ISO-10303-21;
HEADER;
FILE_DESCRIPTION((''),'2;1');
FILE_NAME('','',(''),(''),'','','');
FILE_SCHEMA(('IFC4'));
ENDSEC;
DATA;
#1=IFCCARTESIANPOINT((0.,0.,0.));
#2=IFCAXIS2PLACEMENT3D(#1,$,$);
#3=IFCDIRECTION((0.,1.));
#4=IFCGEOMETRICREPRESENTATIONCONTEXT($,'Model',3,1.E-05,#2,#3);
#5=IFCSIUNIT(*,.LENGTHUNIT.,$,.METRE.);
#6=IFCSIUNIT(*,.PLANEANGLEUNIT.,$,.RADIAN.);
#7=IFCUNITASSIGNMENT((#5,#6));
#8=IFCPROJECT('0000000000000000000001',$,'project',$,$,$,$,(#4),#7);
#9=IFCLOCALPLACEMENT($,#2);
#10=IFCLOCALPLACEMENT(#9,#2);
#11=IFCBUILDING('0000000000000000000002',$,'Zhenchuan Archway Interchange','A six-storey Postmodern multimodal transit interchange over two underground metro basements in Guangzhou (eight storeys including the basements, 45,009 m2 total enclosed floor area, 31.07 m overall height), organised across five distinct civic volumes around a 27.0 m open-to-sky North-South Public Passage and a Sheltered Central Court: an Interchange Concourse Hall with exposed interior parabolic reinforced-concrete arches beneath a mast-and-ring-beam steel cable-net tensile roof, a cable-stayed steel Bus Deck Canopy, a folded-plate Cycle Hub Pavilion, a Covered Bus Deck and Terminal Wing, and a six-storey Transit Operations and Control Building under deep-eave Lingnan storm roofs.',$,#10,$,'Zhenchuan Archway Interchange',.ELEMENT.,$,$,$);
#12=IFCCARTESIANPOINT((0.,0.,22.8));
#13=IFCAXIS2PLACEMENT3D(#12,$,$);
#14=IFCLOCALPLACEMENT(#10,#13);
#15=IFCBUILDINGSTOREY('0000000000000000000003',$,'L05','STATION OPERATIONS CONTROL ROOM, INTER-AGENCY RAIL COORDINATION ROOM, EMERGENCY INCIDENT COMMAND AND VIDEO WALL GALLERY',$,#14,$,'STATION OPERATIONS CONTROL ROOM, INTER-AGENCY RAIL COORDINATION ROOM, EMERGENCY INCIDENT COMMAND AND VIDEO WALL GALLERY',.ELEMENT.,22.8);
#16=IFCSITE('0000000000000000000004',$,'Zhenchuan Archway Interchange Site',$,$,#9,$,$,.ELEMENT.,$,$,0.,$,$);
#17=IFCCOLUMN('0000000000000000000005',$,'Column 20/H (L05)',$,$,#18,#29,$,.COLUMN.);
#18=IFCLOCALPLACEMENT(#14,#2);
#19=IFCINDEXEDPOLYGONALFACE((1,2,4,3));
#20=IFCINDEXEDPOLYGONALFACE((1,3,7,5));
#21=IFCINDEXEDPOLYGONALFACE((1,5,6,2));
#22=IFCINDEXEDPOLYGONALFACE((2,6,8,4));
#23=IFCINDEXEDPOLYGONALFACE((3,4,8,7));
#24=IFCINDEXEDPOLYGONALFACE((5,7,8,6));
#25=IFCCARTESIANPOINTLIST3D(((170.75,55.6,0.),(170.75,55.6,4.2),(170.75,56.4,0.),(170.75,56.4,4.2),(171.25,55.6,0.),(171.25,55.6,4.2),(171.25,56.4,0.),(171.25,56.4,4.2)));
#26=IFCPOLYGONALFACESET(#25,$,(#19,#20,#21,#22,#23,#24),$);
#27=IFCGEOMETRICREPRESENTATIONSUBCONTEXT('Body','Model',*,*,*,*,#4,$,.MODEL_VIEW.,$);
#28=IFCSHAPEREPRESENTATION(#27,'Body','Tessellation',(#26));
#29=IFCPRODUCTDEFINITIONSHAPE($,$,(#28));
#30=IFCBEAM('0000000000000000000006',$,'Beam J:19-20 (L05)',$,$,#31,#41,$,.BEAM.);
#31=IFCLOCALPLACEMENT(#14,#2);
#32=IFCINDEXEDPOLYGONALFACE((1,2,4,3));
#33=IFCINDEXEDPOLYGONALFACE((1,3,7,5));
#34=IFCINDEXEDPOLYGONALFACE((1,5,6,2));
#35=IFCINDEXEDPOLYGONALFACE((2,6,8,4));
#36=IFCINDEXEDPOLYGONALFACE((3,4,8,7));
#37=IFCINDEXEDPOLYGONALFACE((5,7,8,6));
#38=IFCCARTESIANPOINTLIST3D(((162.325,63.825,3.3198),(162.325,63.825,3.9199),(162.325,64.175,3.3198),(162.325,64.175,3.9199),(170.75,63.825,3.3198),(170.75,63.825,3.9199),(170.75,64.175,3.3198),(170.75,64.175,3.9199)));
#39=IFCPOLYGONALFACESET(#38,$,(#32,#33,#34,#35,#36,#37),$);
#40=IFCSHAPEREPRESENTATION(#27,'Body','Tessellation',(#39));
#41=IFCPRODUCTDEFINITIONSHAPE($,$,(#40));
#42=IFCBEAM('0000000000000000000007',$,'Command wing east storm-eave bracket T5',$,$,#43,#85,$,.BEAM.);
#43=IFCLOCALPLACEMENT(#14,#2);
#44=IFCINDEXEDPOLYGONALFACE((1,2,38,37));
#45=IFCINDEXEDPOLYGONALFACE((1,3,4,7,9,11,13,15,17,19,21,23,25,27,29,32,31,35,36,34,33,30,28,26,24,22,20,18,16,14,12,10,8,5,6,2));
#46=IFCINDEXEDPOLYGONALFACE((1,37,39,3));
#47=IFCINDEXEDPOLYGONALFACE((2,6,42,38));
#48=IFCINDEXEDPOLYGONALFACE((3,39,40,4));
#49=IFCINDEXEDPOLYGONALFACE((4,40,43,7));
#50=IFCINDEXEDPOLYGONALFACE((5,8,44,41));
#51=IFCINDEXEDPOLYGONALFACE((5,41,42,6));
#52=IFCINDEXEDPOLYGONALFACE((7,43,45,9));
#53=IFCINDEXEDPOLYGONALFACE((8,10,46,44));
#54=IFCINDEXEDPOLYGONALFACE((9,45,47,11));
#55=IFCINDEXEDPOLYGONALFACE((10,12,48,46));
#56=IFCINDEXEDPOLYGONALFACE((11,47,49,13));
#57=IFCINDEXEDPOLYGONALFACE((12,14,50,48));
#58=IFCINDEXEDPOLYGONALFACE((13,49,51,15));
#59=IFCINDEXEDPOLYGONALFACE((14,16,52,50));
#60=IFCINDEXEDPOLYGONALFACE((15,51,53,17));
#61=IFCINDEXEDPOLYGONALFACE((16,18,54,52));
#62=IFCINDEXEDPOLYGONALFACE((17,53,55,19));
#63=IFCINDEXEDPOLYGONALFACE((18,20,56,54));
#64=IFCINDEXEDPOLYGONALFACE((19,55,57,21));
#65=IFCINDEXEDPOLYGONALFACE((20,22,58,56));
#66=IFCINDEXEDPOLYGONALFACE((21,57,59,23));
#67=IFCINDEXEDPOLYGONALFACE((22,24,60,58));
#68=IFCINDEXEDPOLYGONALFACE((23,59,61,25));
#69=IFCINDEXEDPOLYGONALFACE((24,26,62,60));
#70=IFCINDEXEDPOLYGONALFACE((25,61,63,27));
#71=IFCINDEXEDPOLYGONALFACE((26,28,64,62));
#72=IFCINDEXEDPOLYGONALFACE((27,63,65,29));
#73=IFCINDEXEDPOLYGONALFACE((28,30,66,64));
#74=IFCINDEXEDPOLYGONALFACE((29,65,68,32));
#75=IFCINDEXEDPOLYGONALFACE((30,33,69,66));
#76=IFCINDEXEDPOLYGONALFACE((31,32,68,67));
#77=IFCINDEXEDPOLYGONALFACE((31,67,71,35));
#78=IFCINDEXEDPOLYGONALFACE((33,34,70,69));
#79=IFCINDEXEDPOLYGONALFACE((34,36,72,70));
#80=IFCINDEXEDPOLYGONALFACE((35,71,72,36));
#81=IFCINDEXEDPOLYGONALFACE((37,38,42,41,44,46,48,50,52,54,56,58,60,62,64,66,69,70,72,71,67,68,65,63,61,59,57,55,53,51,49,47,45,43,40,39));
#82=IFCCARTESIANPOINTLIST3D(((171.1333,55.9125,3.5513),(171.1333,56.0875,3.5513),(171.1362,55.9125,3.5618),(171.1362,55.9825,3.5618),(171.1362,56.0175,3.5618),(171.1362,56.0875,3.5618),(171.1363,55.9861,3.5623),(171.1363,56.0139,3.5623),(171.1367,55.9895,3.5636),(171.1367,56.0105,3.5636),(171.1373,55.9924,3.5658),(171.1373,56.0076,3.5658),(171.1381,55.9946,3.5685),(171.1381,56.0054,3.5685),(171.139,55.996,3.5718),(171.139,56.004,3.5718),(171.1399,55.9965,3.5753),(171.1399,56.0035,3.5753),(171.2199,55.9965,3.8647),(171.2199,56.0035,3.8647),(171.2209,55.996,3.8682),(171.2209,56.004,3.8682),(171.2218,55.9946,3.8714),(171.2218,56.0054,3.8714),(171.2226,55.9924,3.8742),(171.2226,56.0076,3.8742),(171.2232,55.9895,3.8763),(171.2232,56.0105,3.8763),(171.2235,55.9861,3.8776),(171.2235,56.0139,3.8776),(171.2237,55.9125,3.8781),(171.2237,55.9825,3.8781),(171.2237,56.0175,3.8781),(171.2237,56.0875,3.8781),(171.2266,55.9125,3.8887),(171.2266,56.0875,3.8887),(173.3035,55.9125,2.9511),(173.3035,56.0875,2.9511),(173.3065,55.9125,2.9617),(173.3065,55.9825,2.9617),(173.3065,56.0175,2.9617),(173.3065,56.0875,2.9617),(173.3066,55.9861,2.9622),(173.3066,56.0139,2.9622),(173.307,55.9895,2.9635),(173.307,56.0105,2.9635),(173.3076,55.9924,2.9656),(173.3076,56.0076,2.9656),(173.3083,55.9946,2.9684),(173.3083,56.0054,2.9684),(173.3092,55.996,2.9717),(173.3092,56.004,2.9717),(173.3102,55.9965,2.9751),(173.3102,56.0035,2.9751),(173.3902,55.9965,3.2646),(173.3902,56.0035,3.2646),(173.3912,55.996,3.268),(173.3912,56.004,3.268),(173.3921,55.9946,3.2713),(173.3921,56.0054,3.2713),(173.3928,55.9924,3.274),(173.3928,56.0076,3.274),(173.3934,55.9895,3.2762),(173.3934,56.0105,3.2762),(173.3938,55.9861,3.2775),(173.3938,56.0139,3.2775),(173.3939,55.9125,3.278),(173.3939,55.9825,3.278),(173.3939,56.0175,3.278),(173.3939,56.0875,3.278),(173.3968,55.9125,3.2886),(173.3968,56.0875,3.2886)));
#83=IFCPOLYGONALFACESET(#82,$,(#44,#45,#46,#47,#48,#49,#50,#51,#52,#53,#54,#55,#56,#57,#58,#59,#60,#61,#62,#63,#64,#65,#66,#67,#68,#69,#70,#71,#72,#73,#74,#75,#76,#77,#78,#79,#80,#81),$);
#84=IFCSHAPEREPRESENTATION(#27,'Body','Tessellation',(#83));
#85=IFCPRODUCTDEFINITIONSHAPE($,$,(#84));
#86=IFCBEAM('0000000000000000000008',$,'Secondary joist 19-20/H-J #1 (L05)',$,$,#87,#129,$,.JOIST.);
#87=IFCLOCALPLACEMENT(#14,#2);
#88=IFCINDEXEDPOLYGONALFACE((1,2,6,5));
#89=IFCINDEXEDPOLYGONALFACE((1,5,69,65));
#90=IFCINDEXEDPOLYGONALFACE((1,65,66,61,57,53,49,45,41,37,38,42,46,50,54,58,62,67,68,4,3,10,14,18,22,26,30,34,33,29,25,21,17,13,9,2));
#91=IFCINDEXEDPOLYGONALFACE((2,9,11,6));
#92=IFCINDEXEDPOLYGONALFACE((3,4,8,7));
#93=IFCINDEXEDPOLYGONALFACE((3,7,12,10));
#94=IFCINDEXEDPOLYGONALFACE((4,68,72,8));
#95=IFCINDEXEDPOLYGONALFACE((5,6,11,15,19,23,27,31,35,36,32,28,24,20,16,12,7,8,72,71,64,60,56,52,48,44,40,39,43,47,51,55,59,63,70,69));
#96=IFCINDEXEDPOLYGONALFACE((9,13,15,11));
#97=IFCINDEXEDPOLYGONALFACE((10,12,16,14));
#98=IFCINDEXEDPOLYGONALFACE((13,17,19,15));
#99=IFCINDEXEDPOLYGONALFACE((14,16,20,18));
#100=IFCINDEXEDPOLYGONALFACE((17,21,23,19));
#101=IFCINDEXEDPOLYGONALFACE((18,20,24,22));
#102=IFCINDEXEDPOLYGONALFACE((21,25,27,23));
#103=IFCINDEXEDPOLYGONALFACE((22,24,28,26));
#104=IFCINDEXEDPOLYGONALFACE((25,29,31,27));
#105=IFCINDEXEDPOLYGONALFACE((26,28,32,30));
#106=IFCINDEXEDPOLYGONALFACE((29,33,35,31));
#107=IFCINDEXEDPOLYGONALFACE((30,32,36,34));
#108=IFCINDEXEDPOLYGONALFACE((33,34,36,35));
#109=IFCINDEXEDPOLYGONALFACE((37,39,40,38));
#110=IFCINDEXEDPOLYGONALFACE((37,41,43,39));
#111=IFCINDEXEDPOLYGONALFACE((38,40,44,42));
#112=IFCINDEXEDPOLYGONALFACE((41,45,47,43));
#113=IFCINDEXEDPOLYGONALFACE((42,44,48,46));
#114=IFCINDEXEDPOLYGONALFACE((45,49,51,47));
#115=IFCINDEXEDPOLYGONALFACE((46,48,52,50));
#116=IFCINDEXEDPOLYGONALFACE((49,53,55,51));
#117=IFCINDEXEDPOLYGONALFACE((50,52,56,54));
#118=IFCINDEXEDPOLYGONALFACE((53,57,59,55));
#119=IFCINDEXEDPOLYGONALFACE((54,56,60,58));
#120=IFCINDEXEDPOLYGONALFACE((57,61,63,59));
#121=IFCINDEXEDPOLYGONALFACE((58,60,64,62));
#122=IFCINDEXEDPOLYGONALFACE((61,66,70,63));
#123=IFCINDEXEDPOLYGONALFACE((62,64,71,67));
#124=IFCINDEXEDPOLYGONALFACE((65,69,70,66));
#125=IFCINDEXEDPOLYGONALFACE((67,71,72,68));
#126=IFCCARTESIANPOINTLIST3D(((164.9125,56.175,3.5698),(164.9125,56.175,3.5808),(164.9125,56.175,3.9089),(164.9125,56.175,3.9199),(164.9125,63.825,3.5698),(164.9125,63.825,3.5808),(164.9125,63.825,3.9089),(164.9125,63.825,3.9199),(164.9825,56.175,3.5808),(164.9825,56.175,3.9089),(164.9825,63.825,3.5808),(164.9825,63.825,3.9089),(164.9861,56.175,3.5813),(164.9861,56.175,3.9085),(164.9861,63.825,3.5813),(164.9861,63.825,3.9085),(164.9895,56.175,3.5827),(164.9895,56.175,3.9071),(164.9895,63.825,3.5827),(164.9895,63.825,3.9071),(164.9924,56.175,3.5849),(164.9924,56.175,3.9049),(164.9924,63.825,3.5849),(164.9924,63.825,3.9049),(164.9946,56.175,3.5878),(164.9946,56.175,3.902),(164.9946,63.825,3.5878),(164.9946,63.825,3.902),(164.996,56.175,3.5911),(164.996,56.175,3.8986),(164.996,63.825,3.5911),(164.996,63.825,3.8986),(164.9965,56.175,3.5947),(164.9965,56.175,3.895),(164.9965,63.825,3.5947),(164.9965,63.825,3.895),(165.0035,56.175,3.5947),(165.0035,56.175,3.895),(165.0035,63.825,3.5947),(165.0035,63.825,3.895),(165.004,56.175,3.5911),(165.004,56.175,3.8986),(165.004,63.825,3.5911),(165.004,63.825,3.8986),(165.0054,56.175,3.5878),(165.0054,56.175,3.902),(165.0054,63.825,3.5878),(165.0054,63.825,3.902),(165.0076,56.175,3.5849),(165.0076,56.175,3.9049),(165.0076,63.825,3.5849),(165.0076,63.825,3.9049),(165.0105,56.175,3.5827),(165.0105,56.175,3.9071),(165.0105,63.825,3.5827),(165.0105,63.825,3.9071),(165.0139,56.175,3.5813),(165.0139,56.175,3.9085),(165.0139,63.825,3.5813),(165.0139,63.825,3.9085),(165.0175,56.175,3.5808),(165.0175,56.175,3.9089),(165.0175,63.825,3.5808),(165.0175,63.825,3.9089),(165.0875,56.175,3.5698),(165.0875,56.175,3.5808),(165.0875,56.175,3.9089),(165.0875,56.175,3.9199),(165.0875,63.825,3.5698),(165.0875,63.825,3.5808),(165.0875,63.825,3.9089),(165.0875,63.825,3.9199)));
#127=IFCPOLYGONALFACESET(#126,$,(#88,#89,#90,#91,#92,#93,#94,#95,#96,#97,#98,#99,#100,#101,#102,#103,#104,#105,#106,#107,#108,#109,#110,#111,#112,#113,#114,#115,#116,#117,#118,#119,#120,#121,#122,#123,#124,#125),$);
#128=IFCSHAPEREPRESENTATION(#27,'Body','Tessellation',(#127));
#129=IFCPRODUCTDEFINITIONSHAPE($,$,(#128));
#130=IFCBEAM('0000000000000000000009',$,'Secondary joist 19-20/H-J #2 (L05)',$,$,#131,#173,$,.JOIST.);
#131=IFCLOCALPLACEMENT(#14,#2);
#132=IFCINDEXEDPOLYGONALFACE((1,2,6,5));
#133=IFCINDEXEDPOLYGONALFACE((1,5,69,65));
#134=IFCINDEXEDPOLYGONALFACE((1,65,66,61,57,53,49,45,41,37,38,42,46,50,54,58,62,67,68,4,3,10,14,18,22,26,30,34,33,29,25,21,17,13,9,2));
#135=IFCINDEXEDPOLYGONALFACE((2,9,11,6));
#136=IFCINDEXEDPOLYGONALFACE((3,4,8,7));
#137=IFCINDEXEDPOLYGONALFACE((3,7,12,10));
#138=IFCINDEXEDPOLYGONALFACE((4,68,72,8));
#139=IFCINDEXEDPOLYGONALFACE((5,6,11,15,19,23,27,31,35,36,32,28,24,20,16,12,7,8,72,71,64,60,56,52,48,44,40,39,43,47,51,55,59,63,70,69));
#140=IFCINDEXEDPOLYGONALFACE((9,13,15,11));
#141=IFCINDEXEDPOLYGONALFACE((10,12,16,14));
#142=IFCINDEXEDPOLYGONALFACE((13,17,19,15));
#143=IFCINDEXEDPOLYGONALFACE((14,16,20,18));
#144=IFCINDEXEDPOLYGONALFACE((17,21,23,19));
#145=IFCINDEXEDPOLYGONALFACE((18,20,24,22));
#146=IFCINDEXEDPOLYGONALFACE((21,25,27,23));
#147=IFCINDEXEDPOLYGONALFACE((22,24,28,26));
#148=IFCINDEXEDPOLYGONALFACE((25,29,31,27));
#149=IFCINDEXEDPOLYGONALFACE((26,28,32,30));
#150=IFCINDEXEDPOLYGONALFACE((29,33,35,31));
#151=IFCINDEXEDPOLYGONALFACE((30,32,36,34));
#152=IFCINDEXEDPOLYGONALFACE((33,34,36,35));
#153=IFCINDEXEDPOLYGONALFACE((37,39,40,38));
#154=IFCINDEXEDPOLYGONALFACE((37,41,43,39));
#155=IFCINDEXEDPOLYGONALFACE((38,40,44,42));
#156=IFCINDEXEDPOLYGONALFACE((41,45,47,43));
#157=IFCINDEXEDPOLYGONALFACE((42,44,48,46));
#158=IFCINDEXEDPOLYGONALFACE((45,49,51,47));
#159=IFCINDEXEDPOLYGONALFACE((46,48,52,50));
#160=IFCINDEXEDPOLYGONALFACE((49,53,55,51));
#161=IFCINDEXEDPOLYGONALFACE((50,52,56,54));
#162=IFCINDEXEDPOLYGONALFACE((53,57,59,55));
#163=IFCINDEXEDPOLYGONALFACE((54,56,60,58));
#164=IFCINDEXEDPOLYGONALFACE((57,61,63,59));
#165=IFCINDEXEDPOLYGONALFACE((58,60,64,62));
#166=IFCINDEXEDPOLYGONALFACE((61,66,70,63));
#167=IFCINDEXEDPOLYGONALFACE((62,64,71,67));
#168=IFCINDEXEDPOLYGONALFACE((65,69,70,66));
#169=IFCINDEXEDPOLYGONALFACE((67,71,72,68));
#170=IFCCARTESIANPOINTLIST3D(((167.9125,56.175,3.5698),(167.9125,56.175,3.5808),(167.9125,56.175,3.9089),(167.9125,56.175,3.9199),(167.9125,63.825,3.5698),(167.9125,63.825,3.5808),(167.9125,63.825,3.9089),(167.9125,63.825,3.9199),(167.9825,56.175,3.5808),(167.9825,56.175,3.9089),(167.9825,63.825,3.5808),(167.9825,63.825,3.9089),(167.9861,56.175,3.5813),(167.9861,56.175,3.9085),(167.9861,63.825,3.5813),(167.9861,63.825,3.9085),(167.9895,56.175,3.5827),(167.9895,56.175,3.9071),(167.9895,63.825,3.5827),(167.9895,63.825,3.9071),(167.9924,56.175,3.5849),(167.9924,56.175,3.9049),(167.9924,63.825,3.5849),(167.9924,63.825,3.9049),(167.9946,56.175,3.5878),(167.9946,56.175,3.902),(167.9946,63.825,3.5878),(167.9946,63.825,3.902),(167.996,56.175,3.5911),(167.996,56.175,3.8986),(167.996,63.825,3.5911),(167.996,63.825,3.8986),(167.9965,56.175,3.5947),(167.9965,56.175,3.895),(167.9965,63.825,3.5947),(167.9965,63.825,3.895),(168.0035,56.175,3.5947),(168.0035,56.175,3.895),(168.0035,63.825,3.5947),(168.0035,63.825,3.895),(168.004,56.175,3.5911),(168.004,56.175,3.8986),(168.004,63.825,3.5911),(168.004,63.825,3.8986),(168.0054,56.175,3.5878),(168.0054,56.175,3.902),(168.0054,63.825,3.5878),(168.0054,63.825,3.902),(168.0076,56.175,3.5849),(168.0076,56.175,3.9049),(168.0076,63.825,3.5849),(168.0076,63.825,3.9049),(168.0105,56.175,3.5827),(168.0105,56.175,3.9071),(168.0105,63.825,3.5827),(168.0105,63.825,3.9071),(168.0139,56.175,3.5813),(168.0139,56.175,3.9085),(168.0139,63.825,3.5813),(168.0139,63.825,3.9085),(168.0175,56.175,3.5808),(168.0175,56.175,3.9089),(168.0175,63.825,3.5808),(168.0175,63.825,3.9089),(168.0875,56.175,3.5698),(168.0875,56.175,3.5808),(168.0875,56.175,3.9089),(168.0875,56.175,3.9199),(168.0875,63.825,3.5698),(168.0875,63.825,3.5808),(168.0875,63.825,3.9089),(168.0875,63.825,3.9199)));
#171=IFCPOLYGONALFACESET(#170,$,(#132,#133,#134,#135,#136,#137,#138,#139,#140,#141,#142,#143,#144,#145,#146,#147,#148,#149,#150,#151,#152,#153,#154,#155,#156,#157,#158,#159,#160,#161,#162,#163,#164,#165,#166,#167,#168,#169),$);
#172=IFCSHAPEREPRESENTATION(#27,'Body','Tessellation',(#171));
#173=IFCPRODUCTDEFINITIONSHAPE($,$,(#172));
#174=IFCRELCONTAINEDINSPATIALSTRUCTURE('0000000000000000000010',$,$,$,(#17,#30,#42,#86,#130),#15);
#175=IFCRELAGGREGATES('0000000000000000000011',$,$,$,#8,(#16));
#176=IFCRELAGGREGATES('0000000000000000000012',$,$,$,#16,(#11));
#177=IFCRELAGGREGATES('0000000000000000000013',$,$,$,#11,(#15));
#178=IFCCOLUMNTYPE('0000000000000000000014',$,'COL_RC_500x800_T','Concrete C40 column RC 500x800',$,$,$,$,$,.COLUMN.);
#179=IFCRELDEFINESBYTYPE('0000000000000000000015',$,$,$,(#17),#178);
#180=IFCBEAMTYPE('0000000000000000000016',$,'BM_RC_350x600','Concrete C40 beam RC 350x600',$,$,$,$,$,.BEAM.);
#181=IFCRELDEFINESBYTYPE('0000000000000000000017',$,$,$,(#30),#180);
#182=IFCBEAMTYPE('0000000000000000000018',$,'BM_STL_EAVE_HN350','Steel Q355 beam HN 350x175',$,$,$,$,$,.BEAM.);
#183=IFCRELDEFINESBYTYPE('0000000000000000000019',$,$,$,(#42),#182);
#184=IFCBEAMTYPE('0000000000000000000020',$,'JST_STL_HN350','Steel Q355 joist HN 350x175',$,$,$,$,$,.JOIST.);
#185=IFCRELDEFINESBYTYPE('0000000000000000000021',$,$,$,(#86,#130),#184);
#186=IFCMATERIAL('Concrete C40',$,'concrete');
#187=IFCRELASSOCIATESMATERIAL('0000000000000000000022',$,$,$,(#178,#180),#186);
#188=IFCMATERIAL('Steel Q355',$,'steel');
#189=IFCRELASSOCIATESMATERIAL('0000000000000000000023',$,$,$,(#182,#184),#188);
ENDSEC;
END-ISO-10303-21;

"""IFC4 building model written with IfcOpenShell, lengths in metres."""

from ifc_helpers import new_model, si_unit, direction, frame, origin, origin_2d, place, context, subcontext, project, spatial, rectangle, i_section, extrude, material, material_profile, profile_set, type_object, element, save


model = new_model("IFC4")

# Units and contexts
model_context = context("Model", 3, precision=1e-05, world=origin(), true_north=direction((0.0, 1.0)))
body_context = subcontext(model_context, "Body", "Model", "MODEL_VIEW")
ifc_project = project(units=[si_unit("LENGTHUNIT", "METRE"), si_unit("PLANEANGLEUNIT", "RADIAN")], contexts=[model_context])

# Site, building, storey
site_placement = place(None, origin())
site = spatial("IfcSite", under=ifc_project, at=site_placement, Name="Zhenchuan Archway Interchange Site", CompositionType="ELEMENT", RefElevation=0.0)
building_placement = place(site_placement, origin())
building = spatial("IfcBuilding", under=site, at=building_placement, Name="Zhenchuan Archway Interchange", Description="A six-storey Postmodern multimodal transit interchange over two underground metro basements in Guangzhou (eight storeys including the basements, 45,009 m2 total enclosed floor area, 31.07 m overall height), organised across five distinct civic volumes around a 27.0 m open-to-sky North-South Public Passage and a Sheltered Central Court: an Interchange Concourse Hall with exposed interior parabolic reinforced-concrete arches beneath a mast-and-ring-beam steel cable-net tensile roof, a cable-stayed steel Bus Deck Canopy, a folded-plate Cycle Hub Pavilion, a Covered Bus Deck and Terminal Wing, and a six-storey Transit Operations and Control Building under deep-eave Lingnan storm roofs.", LongName="Zhenchuan Archway Interchange", CompositionType="ELEMENT")
storey_placement = place(building_placement, frame((0.0, 0.0, 22.8)))
storey = spatial("IfcBuildingStorey", under=building, at=storey_placement, Name="L05", Description="STATION OPERATIONS CONTROL ROOM, INTER-AGENCY RAIL COORDINATION ROOM, EMERGENCY INCIDENT COMMAND AND VIDEO WALL GALLERY", LongName="STATION OPERATIONS CONTROL ROOM, INTER-AGENCY RAIL COORDINATION ROOM, EMERGENCY INCIDENT COMMAND AND VIDEO WALL GALLERY", CompositionType="ELEMENT", Elevation=22.8)

# Column
ifc_material_1 = material(Name="Concrete C40", Category="concrete")
ifc_material_profile_1 = material_profile(ifc_material_1, rectangle(XDim=0.5, YDim=0.8, at=origin_2d()), Name="RC 500x800")
ifc_profile_set_1 = profile_set([ifc_material_profile_1], Name="Concrete C40")
column_type = type_object("IfcColumnType", Name="COL_RC_500x800_T", Description="Concrete C40 column RC 500x800", PredefinedType="COLUMN", material=ifc_profile_set_1)
column_placement = place(storey_placement, frame((171.0, 56.0, 0.0), z_axis=(0.0, 0.0, 1.0), x_axis=(1.0, 0.0, 0.0)))
element("IfcColumn", 1, at=column_placement, inside=storey, type_object=column_type, Name="Column 20/H (L05)", PredefinedType="COLUMN", context=body_context, shape_type="SweptSolid", body=[
    extrude(rectangle(XDim=0.5, YDim=0.8, at=origin_2d()), origin(), (0.0, 0.0, 1.0), 4.2),
])

# Beams
ifc_material_profile_2 = material_profile(ifc_material_1, rectangle(XDim=0.3501, YDim=0.6001, at=origin_2d()), Name="RC 350x600")
ifc_profile_set_2 = profile_set([ifc_material_profile_2], Name="Concrete C40")
beam_type_1 = type_object("IfcBeamType", Name="BM_RC_350x600", Description="Concrete C40 beam RC 350x600", PredefinedType="BEAM", material=ifc_profile_set_2)
beam_1_placement = place(storey_placement, frame((162.325, 64.0, 3.6199), z_axis=(1.0, 0.0, 0.0), x_axis=(0.0, 1.0, 0.0)))
element("IfcBeam", 2, at=beam_1_placement, inside=storey, type_object=beam_type_1, Name="Beam J:19-20 (L05)", PredefinedType="BEAM", context=body_context, shape_type="SweptSolid", body=[
    extrude(rectangle(XDim=0.3501, YDim=0.6001, at=origin_2d()), origin(), (0.0, 0.0, 1.0), 8.425),
])
ifc_material_2 = material(Name="Steel Q355", Category="steel")
ifc_material_profile_3 = material_profile(ifc_material_2, i_section(OverallWidth=0.175, OverallDepth=0.3501, WebThickness=0.0071, FlangeThickness=0.011, FilletRadius=0.0139, at=origin_2d()), Name="HN 350x175")
ifc_profile_set_3 = profile_set([ifc_material_profile_3], Name="Steel Q355")
beam_type_2 = type_object("IfcBeamType", Name="BM_STL_EAVE_HN350", Description="Steel Q355 beam HN 350x175", PredefinedType="BEAM", material=ifc_profile_set_3)
beam_2_placement = place(storey_placement, frame((171.1799, 56.0, 3.72), z_axis=(0.963829, 0.0, -0.26652), x_axis=(0.0, 1.0, 0.0)))
element("IfcBeam", 3, at=beam_2_placement, inside=storey, type_object=beam_type_2, Name="Command wing east storm-eave bracket T5", PredefinedType="BEAM", context=body_context, shape_type="SweptSolid", body=[
    extrude(i_section(OverallWidth=0.175, OverallDepth=0.3501, WebThickness=0.0071, FlangeThickness=0.011, FilletRadius=0.0139, at=origin_2d()), origin(), (0.0, 0.0, 1.0), 2.2517),
])
ifc_material_profile_4 = material_profile(ifc_material_2, i_section(OverallWidth=0.175, OverallDepth=0.3501, WebThickness=0.0071, FlangeThickness=0.011, FilletRadius=0.0139, at=origin_2d()), Name="HN 350x175")
ifc_profile_set_4 = profile_set([ifc_material_profile_4], Name="Steel Q355")
beam_type_3 = type_object("IfcBeamType", Name="JST_STL_HN350", Description="Steel Q355 joist HN 350x175", PredefinedType="JOIST", material=ifc_profile_set_4)
for number, where, z_axis, x_axis, name in (
    (4, (165.0, 56.175, 3.7449), (0.0, 1.0, 0.0), (-1.0, 0.0, 0.0), "Secondary joist 19-20/H-J #1 (L05)"),
    (5, (168.0, 56.175, 3.7449), (0.0, 1.0, 0.0), (-1.0, 0.0, 0.0), "Secondary joist 19-20/H-J #2 (L05)"),
):
    element("IfcBeam", number, at=place(storey_placement, frame(where, z_axis=z_axis, x_axis=x_axis)), inside=storey, type_object=beam_type_3, Name=name, PredefinedType="JOIST", context=body_context, shape_type="SweptSolid", body=[
        extrude(i_section(OverallWidth=0.175, OverallDepth=0.3501, WebThickness=0.0071, FlangeThickness=0.011, FilletRadius=0.0139, at=origin_2d()), origin(), (0.0, 0.0, 1.0), 7.6499),
    ])

save(model, "model.ifc")
